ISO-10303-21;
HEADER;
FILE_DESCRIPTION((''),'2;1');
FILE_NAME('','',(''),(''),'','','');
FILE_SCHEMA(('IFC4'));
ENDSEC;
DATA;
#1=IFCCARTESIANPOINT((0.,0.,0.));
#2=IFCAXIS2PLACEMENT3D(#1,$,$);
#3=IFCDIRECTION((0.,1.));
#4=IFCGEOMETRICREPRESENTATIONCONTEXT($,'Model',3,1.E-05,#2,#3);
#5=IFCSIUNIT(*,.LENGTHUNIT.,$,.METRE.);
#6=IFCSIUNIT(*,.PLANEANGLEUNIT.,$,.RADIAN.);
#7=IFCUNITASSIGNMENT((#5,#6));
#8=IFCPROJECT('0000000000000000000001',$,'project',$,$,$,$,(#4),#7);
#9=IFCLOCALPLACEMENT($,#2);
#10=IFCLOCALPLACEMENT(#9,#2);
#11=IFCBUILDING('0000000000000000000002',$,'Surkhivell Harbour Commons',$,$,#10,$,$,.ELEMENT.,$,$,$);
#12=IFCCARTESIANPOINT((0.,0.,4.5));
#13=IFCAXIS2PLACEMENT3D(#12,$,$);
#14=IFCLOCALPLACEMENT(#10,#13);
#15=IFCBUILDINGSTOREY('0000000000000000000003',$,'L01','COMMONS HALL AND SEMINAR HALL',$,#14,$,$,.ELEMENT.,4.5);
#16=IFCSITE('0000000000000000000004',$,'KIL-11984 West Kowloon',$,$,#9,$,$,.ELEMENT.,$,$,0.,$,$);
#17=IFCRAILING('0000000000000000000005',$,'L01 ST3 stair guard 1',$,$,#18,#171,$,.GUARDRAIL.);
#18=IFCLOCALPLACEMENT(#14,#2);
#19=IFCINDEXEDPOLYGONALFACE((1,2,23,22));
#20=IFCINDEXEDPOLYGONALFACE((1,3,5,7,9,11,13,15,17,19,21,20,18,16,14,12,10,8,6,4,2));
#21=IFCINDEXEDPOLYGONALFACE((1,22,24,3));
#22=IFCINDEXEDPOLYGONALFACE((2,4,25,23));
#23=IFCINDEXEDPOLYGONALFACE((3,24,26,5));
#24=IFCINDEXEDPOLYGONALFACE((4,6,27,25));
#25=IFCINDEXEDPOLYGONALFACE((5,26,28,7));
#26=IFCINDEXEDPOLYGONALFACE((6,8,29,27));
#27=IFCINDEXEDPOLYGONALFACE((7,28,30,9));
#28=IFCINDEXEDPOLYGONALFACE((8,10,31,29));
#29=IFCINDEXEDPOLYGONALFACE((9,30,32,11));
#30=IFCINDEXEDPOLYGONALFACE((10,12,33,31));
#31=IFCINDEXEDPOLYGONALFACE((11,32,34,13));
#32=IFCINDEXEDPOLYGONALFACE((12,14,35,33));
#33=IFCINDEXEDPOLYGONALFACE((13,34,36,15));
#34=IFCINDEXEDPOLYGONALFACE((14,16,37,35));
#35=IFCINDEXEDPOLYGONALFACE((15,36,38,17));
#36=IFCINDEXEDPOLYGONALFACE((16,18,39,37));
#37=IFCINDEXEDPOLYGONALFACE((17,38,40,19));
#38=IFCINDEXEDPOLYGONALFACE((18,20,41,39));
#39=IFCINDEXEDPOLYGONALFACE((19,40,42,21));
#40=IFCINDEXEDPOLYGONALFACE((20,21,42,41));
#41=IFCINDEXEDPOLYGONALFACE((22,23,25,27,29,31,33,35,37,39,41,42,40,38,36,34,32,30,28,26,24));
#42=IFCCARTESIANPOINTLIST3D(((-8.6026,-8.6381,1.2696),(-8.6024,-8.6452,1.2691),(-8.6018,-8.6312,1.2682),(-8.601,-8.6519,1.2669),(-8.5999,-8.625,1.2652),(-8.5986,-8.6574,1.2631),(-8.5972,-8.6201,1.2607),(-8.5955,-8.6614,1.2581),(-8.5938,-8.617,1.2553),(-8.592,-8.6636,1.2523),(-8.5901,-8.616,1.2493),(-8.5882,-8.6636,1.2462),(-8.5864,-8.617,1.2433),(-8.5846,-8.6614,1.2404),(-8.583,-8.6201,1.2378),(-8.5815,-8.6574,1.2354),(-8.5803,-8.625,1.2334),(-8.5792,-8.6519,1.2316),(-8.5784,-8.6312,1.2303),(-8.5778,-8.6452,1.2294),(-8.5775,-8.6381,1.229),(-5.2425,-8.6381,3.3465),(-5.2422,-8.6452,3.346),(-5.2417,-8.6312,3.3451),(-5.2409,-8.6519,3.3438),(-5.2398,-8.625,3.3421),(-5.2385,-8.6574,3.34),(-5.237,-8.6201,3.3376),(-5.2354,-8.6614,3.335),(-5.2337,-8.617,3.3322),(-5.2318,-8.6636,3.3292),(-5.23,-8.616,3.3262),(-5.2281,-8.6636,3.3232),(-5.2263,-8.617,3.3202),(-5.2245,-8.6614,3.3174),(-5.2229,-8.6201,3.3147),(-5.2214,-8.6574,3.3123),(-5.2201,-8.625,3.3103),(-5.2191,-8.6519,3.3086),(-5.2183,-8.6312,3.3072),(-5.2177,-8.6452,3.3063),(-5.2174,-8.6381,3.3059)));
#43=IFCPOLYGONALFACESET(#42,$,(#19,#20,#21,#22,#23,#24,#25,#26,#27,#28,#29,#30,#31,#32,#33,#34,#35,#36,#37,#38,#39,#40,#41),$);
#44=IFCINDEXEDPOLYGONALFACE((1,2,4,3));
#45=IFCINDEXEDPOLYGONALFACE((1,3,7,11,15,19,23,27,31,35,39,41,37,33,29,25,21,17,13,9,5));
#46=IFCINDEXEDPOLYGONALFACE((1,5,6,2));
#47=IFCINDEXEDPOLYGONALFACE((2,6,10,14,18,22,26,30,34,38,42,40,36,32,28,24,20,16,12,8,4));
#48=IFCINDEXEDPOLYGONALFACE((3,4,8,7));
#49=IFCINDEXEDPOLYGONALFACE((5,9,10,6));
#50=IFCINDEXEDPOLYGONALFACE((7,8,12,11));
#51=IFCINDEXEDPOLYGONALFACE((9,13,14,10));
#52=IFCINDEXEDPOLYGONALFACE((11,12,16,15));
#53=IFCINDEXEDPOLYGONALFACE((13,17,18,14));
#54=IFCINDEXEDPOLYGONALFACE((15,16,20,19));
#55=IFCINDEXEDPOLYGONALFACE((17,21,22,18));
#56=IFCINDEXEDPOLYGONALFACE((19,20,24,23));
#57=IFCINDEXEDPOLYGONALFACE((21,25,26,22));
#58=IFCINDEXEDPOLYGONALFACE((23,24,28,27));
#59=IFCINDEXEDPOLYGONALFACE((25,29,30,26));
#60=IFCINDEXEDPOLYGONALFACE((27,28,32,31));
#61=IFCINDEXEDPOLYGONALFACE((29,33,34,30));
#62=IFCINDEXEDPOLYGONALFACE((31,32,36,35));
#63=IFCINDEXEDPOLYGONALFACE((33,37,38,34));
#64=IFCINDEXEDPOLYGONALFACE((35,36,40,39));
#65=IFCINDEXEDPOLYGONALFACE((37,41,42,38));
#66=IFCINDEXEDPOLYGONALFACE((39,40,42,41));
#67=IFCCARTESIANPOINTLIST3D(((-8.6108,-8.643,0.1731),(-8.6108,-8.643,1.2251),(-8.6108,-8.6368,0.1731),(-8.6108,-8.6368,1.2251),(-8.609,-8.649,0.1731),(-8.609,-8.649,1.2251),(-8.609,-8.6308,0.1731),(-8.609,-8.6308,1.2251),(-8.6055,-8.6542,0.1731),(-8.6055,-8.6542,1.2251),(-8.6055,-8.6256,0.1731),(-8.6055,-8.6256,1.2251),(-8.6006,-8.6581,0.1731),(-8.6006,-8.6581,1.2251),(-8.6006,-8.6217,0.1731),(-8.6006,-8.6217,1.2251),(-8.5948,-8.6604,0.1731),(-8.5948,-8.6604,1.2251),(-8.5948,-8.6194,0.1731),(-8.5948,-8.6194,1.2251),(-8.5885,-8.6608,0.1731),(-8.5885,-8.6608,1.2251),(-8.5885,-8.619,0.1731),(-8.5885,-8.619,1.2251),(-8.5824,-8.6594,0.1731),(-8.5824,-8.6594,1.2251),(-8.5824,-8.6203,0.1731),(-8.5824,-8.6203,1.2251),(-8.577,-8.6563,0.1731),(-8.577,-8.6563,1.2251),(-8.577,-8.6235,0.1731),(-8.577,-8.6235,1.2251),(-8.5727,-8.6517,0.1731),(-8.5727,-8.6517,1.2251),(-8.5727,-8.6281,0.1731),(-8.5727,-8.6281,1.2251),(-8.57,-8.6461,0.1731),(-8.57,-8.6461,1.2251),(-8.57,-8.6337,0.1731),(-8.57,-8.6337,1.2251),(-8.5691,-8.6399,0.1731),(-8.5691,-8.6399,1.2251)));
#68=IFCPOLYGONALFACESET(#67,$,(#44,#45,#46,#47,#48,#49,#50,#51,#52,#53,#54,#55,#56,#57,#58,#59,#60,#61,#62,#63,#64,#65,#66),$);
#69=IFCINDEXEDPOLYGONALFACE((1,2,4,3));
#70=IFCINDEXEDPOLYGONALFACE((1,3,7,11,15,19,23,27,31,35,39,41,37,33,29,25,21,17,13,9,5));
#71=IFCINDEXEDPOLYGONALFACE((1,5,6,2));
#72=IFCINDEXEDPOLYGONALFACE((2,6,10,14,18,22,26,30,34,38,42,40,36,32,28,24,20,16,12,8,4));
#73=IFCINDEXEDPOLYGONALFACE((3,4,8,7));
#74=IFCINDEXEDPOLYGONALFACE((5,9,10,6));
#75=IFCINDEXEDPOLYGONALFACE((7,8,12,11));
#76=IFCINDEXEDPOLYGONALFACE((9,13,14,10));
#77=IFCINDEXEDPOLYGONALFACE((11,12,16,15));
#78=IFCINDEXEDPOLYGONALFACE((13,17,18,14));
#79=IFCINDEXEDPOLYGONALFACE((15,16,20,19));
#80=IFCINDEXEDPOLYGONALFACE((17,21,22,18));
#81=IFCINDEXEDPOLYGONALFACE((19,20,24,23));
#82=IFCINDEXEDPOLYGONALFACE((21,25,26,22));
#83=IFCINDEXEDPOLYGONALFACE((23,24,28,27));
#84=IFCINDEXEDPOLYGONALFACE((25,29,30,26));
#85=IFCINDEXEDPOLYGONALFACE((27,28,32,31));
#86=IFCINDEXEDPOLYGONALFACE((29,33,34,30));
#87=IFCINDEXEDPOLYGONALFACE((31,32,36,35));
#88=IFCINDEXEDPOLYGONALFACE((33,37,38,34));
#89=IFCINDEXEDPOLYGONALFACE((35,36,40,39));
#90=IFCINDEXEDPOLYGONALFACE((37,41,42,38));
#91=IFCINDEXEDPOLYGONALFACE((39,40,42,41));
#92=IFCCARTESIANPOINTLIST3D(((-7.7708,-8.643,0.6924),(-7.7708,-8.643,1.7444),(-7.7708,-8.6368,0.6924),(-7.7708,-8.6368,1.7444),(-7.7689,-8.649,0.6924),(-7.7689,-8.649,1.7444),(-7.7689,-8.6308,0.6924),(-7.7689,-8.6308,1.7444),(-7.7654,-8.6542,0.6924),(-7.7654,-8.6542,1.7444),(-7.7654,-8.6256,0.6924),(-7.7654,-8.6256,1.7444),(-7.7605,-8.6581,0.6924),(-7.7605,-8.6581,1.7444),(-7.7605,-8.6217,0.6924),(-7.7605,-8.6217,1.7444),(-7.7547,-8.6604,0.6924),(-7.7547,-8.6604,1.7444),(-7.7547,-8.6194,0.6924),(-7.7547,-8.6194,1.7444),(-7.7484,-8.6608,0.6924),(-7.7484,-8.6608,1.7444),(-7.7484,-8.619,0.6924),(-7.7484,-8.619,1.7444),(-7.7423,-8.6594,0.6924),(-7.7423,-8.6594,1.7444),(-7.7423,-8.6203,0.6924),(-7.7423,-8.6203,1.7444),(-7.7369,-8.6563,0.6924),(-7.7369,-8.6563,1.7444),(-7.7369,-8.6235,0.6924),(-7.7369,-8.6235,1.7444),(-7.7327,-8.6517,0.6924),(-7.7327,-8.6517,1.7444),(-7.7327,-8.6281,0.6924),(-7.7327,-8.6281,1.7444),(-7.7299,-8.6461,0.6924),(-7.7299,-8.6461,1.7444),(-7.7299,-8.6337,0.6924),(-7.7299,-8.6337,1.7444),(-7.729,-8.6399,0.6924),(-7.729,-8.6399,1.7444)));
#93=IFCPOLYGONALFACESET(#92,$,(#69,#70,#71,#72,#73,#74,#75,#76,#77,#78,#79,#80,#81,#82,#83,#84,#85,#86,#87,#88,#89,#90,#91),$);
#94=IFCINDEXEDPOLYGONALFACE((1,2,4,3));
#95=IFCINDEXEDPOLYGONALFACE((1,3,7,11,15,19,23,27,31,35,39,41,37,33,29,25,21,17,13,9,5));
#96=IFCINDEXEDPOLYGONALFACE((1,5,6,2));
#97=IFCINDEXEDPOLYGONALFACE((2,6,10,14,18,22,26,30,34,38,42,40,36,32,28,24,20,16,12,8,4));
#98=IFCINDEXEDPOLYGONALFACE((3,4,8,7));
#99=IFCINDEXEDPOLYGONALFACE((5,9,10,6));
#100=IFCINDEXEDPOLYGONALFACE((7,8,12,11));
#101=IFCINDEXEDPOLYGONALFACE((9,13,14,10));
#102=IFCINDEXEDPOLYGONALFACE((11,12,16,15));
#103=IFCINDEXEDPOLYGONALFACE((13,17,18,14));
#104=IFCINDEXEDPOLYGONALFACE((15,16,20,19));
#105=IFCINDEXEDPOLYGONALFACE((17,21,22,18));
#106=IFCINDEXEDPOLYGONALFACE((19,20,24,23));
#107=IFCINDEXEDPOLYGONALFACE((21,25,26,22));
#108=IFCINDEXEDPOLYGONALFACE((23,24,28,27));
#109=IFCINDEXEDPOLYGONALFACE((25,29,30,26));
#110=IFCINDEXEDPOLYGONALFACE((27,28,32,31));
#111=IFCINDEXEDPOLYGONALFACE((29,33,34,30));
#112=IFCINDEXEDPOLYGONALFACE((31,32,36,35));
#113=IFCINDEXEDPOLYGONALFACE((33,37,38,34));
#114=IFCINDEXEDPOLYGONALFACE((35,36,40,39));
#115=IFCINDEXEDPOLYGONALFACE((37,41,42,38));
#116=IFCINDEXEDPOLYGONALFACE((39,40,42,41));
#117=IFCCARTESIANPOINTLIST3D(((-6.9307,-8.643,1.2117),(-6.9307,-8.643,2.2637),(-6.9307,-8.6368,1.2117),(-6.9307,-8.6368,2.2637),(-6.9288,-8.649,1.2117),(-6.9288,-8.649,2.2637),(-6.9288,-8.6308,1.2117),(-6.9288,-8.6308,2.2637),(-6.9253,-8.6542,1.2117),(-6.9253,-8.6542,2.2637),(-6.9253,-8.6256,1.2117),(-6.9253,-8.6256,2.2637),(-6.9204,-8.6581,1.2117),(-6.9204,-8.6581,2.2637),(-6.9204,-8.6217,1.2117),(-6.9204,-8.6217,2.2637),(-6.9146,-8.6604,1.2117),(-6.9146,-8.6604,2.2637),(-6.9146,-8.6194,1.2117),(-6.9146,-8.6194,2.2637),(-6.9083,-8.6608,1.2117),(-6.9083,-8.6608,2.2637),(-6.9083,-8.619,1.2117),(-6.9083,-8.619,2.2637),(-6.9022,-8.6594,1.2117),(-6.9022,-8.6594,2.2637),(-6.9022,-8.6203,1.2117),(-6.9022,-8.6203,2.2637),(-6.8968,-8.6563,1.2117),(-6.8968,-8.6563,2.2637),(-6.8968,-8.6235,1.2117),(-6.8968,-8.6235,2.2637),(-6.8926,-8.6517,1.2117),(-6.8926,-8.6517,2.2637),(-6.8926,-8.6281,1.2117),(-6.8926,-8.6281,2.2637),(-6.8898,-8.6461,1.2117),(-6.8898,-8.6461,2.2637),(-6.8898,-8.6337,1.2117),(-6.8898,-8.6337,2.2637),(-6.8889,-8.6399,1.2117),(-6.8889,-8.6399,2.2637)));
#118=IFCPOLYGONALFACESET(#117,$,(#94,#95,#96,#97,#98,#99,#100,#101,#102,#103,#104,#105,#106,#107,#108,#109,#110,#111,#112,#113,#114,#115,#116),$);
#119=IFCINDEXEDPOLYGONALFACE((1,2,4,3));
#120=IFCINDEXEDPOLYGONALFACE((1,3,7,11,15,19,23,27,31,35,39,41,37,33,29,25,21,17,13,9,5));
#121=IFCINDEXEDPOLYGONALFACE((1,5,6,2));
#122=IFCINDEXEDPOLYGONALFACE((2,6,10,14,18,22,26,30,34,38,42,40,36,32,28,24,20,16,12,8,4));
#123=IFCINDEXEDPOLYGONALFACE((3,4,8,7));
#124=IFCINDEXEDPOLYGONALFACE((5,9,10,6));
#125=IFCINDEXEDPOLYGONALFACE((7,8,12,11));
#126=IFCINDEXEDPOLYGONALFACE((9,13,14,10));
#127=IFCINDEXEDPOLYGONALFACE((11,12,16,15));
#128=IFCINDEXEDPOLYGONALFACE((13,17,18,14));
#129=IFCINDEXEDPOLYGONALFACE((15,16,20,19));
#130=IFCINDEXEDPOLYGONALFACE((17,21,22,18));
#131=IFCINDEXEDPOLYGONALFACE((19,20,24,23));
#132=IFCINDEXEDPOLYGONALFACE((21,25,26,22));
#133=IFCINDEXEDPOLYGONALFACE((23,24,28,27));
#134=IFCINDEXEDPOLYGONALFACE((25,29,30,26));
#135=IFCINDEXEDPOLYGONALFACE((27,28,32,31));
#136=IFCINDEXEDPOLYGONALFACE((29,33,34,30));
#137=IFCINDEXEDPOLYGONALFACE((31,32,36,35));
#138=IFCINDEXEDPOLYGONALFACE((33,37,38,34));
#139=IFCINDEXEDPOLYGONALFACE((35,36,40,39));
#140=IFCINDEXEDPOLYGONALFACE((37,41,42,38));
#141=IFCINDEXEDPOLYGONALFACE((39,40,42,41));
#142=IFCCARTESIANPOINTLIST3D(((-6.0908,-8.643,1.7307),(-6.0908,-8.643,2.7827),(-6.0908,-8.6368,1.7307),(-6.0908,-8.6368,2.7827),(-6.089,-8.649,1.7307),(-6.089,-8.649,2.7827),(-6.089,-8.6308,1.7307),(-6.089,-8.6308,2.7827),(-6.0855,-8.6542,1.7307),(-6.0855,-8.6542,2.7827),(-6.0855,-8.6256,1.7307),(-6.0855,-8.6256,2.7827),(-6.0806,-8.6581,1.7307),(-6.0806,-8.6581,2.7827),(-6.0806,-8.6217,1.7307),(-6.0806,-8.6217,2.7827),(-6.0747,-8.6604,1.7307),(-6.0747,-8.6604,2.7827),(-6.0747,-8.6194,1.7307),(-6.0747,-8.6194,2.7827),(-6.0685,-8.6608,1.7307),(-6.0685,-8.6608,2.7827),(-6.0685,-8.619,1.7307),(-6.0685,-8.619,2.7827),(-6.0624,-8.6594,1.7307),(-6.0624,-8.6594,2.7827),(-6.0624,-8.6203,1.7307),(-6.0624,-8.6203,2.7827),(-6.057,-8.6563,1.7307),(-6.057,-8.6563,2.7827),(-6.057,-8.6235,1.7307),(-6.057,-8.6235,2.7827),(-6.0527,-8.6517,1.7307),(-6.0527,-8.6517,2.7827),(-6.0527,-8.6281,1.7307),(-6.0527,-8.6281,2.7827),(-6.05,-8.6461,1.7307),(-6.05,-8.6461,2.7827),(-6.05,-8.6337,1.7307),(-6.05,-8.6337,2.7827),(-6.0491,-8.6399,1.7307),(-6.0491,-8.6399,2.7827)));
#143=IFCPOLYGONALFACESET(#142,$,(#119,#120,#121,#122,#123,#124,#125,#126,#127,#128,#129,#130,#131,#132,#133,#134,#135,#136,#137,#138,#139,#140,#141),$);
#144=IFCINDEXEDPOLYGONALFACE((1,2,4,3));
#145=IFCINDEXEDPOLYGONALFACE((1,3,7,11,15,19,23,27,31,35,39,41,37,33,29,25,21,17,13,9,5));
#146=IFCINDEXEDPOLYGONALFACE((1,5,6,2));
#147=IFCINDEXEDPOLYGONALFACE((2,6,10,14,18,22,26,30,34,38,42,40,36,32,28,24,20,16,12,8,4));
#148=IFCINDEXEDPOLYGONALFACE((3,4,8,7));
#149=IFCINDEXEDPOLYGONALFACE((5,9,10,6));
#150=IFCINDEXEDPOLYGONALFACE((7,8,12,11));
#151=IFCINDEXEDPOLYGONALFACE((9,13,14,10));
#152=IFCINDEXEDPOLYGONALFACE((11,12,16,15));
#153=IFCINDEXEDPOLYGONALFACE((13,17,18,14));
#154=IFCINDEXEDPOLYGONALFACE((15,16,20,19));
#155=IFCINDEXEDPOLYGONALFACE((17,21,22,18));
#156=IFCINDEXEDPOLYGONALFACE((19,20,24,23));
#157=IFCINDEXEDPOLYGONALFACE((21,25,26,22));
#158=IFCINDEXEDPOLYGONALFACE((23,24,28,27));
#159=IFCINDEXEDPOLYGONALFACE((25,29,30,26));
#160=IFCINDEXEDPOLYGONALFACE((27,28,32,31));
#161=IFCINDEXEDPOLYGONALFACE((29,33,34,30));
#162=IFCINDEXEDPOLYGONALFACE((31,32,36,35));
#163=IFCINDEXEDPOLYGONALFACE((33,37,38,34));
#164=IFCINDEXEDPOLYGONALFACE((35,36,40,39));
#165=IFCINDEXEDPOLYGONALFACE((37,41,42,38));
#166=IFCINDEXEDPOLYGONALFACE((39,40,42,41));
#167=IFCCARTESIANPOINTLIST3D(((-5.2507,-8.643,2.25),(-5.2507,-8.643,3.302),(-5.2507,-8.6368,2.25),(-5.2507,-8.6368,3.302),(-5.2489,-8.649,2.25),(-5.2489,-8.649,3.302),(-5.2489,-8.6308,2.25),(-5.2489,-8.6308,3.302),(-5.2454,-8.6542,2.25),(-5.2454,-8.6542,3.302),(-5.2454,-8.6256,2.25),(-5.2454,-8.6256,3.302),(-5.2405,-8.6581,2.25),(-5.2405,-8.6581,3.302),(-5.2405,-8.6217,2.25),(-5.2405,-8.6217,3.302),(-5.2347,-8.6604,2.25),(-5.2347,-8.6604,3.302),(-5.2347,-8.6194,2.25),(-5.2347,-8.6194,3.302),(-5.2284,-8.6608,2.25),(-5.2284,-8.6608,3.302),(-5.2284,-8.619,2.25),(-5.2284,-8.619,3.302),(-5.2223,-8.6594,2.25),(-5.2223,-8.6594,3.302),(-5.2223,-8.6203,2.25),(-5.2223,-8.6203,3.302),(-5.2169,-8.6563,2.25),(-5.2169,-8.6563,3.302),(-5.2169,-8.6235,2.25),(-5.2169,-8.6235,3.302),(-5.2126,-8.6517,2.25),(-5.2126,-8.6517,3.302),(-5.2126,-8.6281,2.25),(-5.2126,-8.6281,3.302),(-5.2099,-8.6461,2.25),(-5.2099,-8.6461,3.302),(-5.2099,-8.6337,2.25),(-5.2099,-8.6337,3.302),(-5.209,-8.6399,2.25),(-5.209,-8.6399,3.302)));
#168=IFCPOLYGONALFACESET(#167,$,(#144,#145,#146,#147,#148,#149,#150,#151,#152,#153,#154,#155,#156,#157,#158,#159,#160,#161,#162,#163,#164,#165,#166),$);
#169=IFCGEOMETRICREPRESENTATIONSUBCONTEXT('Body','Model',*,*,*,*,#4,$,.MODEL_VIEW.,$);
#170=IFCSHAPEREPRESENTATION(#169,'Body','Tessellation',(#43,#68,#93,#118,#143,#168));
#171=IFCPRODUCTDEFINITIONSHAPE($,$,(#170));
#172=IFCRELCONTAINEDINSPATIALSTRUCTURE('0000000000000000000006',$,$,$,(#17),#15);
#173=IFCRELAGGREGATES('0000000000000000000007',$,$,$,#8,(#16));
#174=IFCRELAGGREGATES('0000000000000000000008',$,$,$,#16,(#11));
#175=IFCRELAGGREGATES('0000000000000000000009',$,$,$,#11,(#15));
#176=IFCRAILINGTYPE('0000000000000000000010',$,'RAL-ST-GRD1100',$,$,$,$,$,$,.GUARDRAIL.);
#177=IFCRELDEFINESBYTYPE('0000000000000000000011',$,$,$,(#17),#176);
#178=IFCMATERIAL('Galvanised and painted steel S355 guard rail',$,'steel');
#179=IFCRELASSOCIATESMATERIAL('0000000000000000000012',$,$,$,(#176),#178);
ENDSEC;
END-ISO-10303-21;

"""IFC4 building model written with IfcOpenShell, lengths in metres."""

from ifc_helpers import new_model, si_unit, direction, frame, origin, origin_2d, place, context, subcontext, project, spatial, circle, extrude, material, type_object, element, save


model = new_model("IFC4")

# Units and contexts
model_context = context("Model", 3, precision=1e-05, world=origin(), true_north=direction((0.0, 1.0)))
body_context = subcontext(model_context, "Body", "Model", "MODEL_VIEW")
ifc_project = project(units=[si_unit("LENGTHUNIT", "METRE"), si_unit("PLANEANGLEUNIT", "RADIAN")], contexts=[model_context])

# Site, building, storey
site_placement = place(None, origin())
site = spatial("IfcSite", under=ifc_project, at=site_placement, Name="KIL-11984 West Kowloon", CompositionType="ELEMENT", RefElevation=0.0)
building_placement = place(site_placement, origin())
building = spatial("IfcBuilding", under=site, at=building_placement, Name="Surkhivell Harbour Commons", CompositionType="ELEMENT")
storey_placement = place(building_placement, frame((0.0, 0.0, 4.5)))
storey = spatial("IfcBuildingStorey", under=building, at=storey_placement, Name="L01", Description="COMMONS HALL AND SEMINAR HALL", CompositionType="ELEMENT", Elevation=4.5)

# Railing
ifc_material_1 = material(Name="Galvanised and painted steel S355 guard rail", Category="steel")
railing_type_1 = type_object("IfcRailingType", Name="RAL-ST-GRD1100", PredefinedType="GUARDRAIL", material=ifc_material_1)
railing_1_placement = place(storey_placement, frame((-8.5901, -8.6399, 0.1731)))
element("IfcRailing", 1, at=railing_1_placement, inside=storey, type_object=railing_type_1, Name="L01 ST3 stair guard 1", PredefinedType="GUARDRAIL", context=body_context, shape_type="SweptSolid", body=[
    extrude(circle(Radius=0.0239, at=origin_2d()), frame((0.0, 0.0, 1.0762), z_axis=(0.850623, 0.0, 0.525776), x_axis=(0.0, 1.0, 0.0)), (0.0, 0.0, 1.0), 3.9502),
    extrude(circle(Radius=0.021, at=origin_2d()), origin(), (0.0, 0.0, 1.0), 1.052),
    extrude(circle(Radius=0.021, at=origin_2d()), frame((0.8401, 0.0, 0.5193)), (0.0, 0.0, 1.0), 1.052),
    extrude(circle(Radius=0.021, at=origin_2d()), frame((1.6802, 0.0, 1.0386)), (0.0, 0.0, 1.0), 1.052),
    extrude(circle(Radius=0.021, at=origin_2d()), frame((2.52, 0.0, 1.5576)), (0.0, 0.0, 1.0), 1.052),
    extrude(circle(Radius=0.021, at=origin_2d()), frame((3.3601, 0.0, 2.0769)), (0.0, 0.0, 1.0), 1.052),
])

save(model, "model.ifc")
